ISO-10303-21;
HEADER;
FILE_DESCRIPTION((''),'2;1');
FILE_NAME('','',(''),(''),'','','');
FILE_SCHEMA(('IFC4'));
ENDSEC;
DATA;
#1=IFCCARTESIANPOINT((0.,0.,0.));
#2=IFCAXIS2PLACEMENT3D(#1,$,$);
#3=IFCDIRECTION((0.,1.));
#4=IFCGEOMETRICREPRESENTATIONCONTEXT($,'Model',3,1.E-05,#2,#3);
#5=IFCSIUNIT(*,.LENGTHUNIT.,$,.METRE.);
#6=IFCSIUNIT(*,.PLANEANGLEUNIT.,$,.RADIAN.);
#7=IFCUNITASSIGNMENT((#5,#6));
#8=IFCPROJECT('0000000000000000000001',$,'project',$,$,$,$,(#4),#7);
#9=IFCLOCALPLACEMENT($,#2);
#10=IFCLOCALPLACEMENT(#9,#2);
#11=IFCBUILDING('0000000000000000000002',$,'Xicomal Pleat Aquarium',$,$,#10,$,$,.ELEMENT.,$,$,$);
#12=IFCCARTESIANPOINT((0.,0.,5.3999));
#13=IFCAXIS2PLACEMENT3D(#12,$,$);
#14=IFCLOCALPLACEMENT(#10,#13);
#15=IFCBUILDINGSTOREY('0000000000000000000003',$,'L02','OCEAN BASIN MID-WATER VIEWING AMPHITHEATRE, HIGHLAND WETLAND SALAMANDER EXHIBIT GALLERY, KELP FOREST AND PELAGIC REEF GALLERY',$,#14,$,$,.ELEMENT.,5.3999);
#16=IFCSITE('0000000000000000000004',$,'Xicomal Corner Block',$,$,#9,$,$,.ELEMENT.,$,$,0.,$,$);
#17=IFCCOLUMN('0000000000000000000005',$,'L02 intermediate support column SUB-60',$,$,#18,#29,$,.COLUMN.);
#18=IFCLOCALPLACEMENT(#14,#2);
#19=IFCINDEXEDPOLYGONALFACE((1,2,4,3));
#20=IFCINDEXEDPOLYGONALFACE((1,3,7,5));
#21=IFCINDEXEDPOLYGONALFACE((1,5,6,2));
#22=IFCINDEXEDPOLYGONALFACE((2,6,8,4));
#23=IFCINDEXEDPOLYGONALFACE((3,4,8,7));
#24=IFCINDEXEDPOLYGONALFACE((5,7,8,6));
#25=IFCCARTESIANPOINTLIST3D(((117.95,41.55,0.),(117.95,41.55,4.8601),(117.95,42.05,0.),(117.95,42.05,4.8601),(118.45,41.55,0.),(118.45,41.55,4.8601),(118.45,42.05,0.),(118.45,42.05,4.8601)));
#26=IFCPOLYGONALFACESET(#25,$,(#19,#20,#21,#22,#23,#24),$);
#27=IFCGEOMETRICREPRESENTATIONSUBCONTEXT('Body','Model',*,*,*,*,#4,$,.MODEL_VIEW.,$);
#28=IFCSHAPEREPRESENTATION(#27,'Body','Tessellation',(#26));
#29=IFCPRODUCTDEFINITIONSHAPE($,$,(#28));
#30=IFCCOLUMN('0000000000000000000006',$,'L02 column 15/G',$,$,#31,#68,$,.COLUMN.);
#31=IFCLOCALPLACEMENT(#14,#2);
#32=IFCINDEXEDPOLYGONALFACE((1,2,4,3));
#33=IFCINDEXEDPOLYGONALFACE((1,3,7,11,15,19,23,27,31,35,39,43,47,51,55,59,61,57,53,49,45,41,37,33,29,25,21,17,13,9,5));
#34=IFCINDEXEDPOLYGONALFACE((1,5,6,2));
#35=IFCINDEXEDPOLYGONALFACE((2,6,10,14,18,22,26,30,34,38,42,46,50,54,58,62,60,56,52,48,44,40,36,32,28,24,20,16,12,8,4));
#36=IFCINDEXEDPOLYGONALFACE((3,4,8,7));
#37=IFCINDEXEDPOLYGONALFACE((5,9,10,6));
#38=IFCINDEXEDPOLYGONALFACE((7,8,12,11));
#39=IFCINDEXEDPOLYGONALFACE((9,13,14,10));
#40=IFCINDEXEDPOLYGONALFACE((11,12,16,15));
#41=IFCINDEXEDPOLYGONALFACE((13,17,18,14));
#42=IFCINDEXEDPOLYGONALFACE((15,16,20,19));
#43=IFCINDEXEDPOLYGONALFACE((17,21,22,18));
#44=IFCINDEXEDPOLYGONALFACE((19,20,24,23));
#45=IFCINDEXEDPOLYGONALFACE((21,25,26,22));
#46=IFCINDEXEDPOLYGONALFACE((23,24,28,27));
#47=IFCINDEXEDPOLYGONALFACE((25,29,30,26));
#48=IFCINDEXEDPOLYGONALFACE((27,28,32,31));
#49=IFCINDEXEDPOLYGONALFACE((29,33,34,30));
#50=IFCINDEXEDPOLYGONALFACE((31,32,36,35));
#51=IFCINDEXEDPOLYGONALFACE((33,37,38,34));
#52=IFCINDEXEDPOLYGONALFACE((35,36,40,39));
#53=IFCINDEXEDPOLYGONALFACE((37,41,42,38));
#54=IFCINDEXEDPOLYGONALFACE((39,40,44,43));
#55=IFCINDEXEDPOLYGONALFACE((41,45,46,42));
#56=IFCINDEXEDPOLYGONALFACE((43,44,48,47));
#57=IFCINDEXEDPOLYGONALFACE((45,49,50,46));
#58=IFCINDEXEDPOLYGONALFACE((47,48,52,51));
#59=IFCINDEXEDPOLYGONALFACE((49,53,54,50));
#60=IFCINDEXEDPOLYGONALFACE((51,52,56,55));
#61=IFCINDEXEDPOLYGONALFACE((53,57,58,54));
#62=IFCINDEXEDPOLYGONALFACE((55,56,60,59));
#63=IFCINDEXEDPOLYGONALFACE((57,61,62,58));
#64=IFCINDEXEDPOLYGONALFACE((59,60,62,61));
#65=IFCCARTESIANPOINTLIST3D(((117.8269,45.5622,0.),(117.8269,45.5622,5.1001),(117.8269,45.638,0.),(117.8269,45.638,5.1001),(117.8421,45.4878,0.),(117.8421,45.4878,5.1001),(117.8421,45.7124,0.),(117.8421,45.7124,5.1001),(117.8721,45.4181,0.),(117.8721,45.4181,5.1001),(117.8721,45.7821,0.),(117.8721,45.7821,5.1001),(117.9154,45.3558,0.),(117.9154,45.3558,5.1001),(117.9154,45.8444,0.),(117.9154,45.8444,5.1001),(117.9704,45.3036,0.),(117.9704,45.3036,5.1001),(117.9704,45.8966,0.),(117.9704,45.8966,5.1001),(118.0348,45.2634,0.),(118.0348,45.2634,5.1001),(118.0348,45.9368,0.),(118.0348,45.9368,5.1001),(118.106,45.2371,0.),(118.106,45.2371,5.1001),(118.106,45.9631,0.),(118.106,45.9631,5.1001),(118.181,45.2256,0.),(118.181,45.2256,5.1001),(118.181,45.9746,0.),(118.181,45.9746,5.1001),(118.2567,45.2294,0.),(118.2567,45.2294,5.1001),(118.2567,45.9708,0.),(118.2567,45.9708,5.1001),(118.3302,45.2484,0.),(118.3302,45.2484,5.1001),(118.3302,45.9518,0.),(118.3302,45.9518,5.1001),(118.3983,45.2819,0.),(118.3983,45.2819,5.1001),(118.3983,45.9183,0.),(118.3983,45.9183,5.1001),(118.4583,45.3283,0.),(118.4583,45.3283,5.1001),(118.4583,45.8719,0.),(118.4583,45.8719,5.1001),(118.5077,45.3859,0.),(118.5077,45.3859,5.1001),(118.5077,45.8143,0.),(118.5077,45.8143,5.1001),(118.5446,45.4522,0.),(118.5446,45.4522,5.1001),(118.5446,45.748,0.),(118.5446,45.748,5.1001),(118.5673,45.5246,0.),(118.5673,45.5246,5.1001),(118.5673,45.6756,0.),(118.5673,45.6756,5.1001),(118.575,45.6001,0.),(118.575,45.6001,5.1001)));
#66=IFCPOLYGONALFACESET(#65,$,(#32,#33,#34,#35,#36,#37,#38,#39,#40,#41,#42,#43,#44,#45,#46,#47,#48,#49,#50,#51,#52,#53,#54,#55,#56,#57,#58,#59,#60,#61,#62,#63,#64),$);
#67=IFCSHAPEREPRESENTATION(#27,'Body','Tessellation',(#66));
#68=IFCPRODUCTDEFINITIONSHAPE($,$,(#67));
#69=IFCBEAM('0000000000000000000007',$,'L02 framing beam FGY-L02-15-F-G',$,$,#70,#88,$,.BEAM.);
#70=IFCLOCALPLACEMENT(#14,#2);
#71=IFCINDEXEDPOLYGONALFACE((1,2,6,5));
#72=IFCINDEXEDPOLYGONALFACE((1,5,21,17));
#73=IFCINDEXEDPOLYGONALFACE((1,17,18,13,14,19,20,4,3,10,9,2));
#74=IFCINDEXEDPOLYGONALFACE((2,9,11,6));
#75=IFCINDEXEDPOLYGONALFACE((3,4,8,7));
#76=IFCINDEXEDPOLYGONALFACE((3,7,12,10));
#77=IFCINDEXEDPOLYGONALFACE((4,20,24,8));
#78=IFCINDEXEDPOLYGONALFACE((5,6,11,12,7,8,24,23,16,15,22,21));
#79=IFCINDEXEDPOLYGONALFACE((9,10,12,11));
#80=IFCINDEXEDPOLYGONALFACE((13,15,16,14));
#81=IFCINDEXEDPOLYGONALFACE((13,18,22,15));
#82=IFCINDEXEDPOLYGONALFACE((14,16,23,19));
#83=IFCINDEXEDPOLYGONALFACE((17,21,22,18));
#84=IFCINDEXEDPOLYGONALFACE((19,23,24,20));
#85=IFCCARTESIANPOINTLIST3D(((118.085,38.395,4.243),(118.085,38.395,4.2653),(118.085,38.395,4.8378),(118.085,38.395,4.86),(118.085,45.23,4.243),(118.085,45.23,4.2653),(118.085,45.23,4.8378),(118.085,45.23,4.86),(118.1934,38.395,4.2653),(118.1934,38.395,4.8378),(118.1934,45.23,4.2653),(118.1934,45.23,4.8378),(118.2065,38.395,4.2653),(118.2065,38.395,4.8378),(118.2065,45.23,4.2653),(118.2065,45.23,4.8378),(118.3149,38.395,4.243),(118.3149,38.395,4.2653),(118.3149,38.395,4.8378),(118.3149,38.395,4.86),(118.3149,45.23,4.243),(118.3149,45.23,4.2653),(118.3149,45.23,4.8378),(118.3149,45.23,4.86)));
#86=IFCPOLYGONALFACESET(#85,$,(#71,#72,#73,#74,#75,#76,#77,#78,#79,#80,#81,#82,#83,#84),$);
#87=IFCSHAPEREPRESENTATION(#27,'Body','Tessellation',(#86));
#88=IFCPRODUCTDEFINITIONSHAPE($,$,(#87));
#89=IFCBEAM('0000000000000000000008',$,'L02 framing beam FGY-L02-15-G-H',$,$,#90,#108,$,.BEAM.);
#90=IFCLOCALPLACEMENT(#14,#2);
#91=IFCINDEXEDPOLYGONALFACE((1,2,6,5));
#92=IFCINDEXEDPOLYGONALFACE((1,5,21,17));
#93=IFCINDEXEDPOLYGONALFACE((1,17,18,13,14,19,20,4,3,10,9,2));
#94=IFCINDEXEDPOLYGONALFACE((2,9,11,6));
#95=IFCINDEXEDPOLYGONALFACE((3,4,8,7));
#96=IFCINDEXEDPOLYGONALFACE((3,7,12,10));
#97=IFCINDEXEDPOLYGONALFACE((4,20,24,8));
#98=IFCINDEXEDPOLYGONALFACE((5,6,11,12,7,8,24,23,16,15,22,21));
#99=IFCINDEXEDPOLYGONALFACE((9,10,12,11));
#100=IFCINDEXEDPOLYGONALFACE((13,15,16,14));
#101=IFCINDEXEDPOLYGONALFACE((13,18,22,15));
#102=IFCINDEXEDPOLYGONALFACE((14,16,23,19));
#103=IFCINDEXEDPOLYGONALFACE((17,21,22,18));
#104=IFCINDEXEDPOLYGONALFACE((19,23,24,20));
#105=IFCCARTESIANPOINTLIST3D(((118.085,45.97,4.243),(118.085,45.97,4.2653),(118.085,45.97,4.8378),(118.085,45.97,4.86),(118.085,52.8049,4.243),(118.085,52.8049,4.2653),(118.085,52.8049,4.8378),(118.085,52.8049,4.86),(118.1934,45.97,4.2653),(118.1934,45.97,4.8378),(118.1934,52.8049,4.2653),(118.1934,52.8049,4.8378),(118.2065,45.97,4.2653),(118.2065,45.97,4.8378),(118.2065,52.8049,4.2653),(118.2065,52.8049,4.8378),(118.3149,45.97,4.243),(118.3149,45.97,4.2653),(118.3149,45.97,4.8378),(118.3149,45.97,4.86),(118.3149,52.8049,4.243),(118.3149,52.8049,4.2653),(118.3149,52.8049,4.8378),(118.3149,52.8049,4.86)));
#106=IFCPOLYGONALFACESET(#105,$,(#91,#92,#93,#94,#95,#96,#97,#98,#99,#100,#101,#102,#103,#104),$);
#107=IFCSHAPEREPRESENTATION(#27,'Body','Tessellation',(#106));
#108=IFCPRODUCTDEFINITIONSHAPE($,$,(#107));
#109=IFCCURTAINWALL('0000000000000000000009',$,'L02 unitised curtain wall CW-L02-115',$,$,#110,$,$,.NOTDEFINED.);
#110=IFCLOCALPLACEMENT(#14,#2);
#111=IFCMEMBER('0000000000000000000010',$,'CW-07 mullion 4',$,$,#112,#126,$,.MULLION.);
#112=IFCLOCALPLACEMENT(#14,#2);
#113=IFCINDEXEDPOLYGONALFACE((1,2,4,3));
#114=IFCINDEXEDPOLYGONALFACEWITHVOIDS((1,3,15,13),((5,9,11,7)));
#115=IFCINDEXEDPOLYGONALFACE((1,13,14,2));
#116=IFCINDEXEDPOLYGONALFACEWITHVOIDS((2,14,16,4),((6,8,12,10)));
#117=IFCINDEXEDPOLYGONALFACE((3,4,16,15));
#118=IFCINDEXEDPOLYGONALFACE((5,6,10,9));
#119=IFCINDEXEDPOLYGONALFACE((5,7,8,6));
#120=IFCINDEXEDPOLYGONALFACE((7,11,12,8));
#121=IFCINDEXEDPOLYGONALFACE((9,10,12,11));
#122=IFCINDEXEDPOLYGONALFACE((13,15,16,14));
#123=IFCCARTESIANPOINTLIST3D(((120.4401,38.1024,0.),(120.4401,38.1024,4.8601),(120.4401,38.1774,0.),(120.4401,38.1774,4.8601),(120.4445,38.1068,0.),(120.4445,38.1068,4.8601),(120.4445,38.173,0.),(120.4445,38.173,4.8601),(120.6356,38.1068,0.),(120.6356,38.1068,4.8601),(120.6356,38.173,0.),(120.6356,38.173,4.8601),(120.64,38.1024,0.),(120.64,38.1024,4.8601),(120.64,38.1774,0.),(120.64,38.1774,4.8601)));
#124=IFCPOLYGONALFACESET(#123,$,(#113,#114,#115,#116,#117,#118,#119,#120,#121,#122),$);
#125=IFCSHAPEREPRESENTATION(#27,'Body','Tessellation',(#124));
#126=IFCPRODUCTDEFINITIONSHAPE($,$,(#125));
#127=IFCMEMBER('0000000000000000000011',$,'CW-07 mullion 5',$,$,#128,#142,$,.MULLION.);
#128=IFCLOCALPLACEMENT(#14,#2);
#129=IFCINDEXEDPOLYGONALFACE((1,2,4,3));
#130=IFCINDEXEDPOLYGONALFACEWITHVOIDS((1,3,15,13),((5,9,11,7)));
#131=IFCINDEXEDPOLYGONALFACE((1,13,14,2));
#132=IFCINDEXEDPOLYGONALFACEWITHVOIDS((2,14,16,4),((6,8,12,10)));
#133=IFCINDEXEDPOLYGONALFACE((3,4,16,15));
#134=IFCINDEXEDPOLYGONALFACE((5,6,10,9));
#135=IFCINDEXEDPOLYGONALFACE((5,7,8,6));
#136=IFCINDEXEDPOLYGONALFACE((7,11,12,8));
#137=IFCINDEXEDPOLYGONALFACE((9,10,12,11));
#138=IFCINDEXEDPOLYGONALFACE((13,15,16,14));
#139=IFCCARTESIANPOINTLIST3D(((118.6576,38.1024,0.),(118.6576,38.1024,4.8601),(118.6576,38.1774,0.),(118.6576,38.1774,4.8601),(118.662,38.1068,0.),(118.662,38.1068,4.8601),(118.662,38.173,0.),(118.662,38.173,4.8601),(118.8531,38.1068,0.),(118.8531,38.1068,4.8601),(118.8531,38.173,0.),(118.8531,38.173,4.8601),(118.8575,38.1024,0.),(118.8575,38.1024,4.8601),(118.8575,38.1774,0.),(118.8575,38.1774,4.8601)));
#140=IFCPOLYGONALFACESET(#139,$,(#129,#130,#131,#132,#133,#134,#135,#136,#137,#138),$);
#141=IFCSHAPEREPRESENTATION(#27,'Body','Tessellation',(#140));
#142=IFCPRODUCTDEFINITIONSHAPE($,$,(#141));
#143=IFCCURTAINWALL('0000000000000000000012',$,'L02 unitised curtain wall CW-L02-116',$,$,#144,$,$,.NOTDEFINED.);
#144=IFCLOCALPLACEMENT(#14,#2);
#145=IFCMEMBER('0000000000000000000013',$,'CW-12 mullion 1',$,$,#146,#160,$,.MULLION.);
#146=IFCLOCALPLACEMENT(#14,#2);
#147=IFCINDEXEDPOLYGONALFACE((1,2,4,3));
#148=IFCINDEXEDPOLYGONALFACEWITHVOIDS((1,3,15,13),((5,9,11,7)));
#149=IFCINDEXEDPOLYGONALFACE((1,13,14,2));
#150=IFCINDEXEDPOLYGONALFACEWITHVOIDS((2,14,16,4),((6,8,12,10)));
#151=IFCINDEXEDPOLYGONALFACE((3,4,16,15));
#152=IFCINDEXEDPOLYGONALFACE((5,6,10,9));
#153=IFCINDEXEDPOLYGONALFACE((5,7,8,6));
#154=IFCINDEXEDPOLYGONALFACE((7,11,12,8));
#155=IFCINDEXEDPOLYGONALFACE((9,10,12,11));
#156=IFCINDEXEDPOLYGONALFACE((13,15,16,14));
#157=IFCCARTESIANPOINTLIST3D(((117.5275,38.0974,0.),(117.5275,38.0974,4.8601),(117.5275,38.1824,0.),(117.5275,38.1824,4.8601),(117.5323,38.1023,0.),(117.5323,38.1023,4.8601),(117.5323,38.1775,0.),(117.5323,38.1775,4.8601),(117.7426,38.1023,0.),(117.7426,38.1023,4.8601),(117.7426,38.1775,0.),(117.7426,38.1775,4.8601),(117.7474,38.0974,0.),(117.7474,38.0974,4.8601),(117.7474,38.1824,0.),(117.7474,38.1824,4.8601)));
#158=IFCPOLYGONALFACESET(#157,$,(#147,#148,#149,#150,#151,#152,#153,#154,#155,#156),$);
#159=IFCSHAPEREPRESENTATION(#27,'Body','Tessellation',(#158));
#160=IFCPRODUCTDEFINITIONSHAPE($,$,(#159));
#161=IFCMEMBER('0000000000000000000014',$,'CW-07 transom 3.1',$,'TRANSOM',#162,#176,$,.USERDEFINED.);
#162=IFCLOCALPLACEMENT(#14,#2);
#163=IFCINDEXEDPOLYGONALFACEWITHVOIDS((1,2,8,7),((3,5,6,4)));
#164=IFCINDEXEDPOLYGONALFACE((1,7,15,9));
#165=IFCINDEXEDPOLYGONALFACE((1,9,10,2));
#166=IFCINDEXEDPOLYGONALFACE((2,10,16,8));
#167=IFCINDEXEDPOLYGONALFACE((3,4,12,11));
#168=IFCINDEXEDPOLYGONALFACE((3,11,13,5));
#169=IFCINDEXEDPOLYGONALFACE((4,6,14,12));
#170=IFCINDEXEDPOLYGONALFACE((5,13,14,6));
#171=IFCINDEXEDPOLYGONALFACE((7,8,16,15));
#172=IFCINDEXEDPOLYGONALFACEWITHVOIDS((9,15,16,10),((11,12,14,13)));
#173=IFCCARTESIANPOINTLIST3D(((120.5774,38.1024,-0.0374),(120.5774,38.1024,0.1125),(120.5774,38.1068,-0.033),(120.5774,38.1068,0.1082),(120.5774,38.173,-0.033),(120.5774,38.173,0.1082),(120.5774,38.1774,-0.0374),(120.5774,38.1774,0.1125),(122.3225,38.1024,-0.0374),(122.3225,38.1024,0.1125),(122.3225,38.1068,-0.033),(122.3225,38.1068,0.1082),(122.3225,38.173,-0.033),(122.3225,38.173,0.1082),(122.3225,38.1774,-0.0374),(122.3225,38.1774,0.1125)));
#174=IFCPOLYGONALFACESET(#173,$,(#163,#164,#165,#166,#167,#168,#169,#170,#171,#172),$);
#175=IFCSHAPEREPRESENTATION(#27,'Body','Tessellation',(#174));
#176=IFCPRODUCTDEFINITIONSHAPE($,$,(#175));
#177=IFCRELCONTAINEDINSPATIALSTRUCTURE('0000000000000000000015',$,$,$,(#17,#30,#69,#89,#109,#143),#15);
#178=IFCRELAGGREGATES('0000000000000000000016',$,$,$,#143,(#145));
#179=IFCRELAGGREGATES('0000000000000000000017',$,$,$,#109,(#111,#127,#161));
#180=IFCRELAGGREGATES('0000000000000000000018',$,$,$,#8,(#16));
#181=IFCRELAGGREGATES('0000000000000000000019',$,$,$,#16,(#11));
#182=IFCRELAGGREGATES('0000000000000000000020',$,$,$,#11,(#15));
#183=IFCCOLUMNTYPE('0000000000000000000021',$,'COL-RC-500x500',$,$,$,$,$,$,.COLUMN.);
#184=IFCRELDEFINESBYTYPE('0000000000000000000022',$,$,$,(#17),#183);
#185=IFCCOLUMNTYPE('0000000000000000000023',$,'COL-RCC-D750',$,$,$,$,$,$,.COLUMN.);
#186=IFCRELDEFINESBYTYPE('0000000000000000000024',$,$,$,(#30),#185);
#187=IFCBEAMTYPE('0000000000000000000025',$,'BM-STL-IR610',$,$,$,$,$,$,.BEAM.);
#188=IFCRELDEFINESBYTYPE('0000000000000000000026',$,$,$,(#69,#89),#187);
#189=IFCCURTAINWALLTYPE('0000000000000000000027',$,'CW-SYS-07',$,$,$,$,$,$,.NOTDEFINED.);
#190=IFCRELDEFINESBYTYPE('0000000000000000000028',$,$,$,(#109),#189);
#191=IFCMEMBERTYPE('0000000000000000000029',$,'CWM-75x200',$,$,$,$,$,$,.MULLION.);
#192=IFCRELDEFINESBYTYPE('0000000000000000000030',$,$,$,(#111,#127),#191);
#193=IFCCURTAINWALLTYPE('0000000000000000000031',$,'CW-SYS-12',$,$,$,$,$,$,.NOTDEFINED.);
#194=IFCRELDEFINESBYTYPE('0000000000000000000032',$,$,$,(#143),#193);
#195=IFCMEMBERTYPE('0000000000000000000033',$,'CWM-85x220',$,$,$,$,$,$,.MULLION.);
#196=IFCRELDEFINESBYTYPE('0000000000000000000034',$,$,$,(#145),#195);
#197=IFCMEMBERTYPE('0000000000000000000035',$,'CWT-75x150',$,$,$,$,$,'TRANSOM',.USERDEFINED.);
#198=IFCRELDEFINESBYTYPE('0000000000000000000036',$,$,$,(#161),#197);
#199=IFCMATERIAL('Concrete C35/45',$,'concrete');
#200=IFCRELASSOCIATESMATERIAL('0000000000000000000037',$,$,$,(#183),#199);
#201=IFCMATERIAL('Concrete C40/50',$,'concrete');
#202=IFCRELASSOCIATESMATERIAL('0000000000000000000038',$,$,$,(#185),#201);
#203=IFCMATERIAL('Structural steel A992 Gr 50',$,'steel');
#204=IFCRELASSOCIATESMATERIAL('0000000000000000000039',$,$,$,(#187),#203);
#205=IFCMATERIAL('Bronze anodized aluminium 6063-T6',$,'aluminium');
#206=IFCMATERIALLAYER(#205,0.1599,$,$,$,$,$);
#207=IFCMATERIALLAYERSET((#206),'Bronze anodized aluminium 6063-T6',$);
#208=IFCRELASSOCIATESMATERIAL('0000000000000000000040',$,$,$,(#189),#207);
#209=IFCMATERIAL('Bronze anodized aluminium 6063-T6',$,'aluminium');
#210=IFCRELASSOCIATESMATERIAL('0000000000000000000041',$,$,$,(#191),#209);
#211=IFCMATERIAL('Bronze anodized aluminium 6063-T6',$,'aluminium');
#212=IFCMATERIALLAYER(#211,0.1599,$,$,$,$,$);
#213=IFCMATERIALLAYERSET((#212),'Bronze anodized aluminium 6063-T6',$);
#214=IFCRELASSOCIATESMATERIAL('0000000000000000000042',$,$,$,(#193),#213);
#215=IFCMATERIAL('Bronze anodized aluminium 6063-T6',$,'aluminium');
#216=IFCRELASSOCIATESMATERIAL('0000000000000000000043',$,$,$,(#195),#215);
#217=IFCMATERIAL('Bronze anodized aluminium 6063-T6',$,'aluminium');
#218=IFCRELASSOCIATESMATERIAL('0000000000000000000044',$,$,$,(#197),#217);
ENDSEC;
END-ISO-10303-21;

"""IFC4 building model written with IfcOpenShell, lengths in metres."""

from ifc_helpers import new_model, si_unit, direction, frame, origin, origin_2d, place, context, subcontext, project, spatial, rectangle, hollow_rectangle, circle, i_section, extrude, material, layer, layer_set, material_profile, profile_set, type_object, element, aggregate, save


model = new_model("IFC4")

# Units and contexts
model_context = context("Model", 3, precision=1e-05, world=origin(), true_north=direction((0.0, 1.0)))
body_context = subcontext(model_context, "Body", "Model", "MODEL_VIEW")
ifc_project = project(units=[si_unit("LENGTHUNIT", "METRE"), si_unit("PLANEANGLEUNIT", "RADIAN")], contexts=[model_context])

# Site, building, storey
site_placement = place(None, origin())
site = spatial("IfcSite", under=ifc_project, at=site_placement, Name="Xicomal Corner Block", CompositionType="ELEMENT", RefElevation=0.0)
building_placement = place(site_placement, origin())
building = spatial("IfcBuilding", under=site, at=building_placement, Name="Xicomal Pleat Aquarium", CompositionType="ELEMENT")
storey_placement = place(building_placement, frame((0.0, 0.0, 5.3999)))
storey = spatial("IfcBuildingStorey", under=building, at=storey_placement, Name="L02", Description="OCEAN BASIN MID-WATER VIEWING AMPHITHEATRE, HIGHLAND WETLAND SALAMANDER EXHIBIT GALLERY, KELP FOREST AND PELAGIC REEF GALLERY", CompositionType="ELEMENT", Elevation=5.3999)

# Columns
ifc_material_1 = material(Name="Concrete C35/45", Category="concrete")
ifc_material_profile_1 = material_profile(ifc_material_1, rectangle(XDim=0.5, YDim=0.5, at=origin_2d()), Name="RC 500x500")
ifc_profile_set_1 = profile_set([ifc_material_profile_1], Name="Concrete C35/45")
column_type_1 = type_object("IfcColumnType", Name="COL-RC-500x500", PredefinedType="COLUMN", material=ifc_profile_set_1)
column_1_placement = place(storey_placement, frame((118.2, 41.8, 0.0), z_axis=(0.0, 0.0, 1.0), x_axis=(1.0, 0.0, 0.0)))
element("IfcColumn", 1, at=column_1_placement, inside=storey, type_object=column_type_1, Name="L02 intermediate support column SUB-60", PredefinedType="COLUMN", context=body_context, shape_type="SweptSolid", body=[
    extrude(rectangle(XDim=0.5, YDim=0.5, at=origin_2d()), origin(), (0.0, 0.0, 1.0), 4.8601),
])
ifc_material_2 = material(Name="Concrete C40/50", Category="concrete")
ifc_material_profile_2 = material_profile(ifc_material_2, circle(Radius=0.375, at=origin_2d()), Name="RCC D750")
ifc_profile_set_2 = profile_set([ifc_material_profile_2], Name="Concrete C40/50")
column_type_2 = type_object("IfcColumnType", Name="COL-RCC-D750", PredefinedType="COLUMN", material=ifc_profile_set_2)
column_2_placement = place(storey_placement, frame((118.2, 45.6001, 0.0), z_axis=(0.0, 0.0, 1.0), x_axis=(1.0, 0.0, 0.0)))
element("IfcColumn", 2, at=column_2_placement, inside=storey, type_object=column_type_2, Name="L02 column 15/G", PredefinedType="COLUMN", context=body_context, shape_type="SweptSolid", body=[
    extrude(circle(Radius=0.375, at=origin_2d()), origin(), (0.0, 0.0, 1.0), 5.1001),
])

# Beams
ifc_material_3 = material(Name="Structural steel A992 Gr 50", Category="steel")
ifc_material_profile_3 = material_profile(ifc_material_3, i_section(OverallWidth=0.23, OverallDepth=0.6169, WebThickness=0.0132, FlangeThickness=0.0222, at=origin_2d()), Name="IR 610x140")
ifc_profile_set_3 = profile_set([ifc_material_profile_3], Name="Structural steel A992 Gr 50")
beam_type = type_object("IfcBeamType", Name="BM-STL-IR610", PredefinedType="BEAM", material=ifc_profile_set_3)
for number, where, z_axis, x_axis, name in (
    (3, (118.2, 38.395, 4.5515), (0.0, 1.0, 0.0), (-1.0, 0.0, 0.0), "L02 framing beam FGY-L02-15-F-G"),
    (4, (118.2, 45.97, 4.5515), (0.0, 1.0, 0.0), (-1.0, 0.0, 0.0), "L02 framing beam FGY-L02-15-G-H"),
):
    element("IfcBeam", number, at=place(storey_placement, frame(where, z_axis=z_axis, x_axis=x_axis)), inside=storey, type_object=beam_type, Name=name, PredefinedType="BEAM", context=body_context, shape_type="SweptSolid", body=[
        extrude(i_section(OverallWidth=0.23, OverallDepth=0.6169, WebThickness=0.0132, FlangeThickness=0.0222, at=origin_2d()), origin(), (0.0, 0.0, 1.0), 6.835),
    ])

# Curtain wall, members
ifc_material_4 = material(Name="Bronze anodized aluminium 6063-T6", Category="aluminium")
ifc_layer_1 = layer(ifc_material_4, 0.1599)
ifc_layer_set_1 = layer_set([ifc_layer_1], Name="Bronze anodized aluminium 6063-T6")
curtain_wall_type_1 = type_object("IfcCurtainWallType", Name="CW-SYS-07", PredefinedType="NOTDEFINED", material=ifc_layer_set_1)
curtain_wall_1_placement = place(storey_placement, origin())
curtain_wall_1 = element("IfcCurtainWall", 5, at=curtain_wall_1_placement, inside=storey, type_object=curtain_wall_type_1, Name="L02 unitised curtain wall CW-L02-115", PredefinedType="NOTDEFINED")
ifc_material_5 = material(Name="Bronze anodized aluminium 6063-T6", Category="aluminium")
ifc_material_profile_4 = material_profile(ifc_material_5, hollow_rectangle(XDim=0.075, YDim=0.2, WallThickness=0.0044, at=origin_2d()), Name="ALU MULL 75x200")
ifc_profile_set_4 = profile_set([ifc_material_profile_4], Name="Bronze anodized aluminium 6063-T6")
member_type_1 = type_object("IfcMemberType", Name="CWM-75x200", PredefinedType="MULLION", material=ifc_profile_set_4)
member_1_placement = place(storey_placement, frame((120.54, 38.1399, 0.0), z_axis=(0.0, 0.0, 1.0), x_axis=(0.0, -1.0, 0.0)))
member_1 = element("IfcMember", 6, at=member_1_placement, type_object=member_type_1, Name="CW-07 mullion 4", PredefinedType="MULLION", context=body_context, shape_type="SweptSolid", body=[
    extrude(hollow_rectangle(XDim=0.075, YDim=0.2, WallThickness=0.0044, at=origin_2d()), origin(), (0.0, 0.0, 1.0), 4.8601),
])
member_2_placement = place(storey_placement, frame((118.7576, 38.1399, 0.0), z_axis=(0.0, 0.0, 1.0), x_axis=(0.0, -1.0, 0.0)))
member_2 = element("IfcMember", 7, at=member_2_placement, type_object=member_type_1, Name="CW-07 mullion 5", PredefinedType="MULLION", context=body_context, shape_type="SweptSolid", body=[
    extrude(hollow_rectangle(XDim=0.075, YDim=0.2, WallThickness=0.0044, at=origin_2d()), origin(), (0.0, 0.0, 1.0), 4.8601),
])

# Curtain wall, member
ifc_material_6 = material(Name="Bronze anodized aluminium 6063-T6", Category="aluminium")
ifc_layer_2 = layer(ifc_material_6, 0.1599)
ifc_layer_set_2 = layer_set([ifc_layer_2], Name="Bronze anodized aluminium 6063-T6")
curtain_wall_type_2 = type_object("IfcCurtainWallType", Name="CW-SYS-12", PredefinedType="NOTDEFINED", material=ifc_layer_set_2)
curtain_wall_2_placement = place(storey_placement, origin())
curtain_wall_2 = element("IfcCurtainWall", 8, at=curtain_wall_2_placement, inside=storey, type_object=curtain_wall_type_2, Name="L02 unitised curtain wall CW-L02-116", PredefinedType="NOTDEFINED")
ifc_material_7 = material(Name="Bronze anodized aluminium 6063-T6", Category="aluminium")
ifc_material_profile_5 = material_profile(ifc_material_7, hollow_rectangle(XDim=0.085, YDim=0.22, WallThickness=0.0049, at=origin_2d()), Name="ALU MULL 85x220")
ifc_profile_set_5 = profile_set([ifc_material_profile_5], Name="Bronze anodized aluminium 6063-T6")
member_type_2 = type_object("IfcMemberType", Name="CWM-85x220", PredefinedType="MULLION", material=ifc_profile_set_5)
member_3_placement = place(storey_placement, frame((117.6375, 38.1399, 0.0), z_axis=(0.0, 0.0, 1.0), x_axis=(0.0, -1.0, 0.0)))
member_3 = element("IfcMember", 9, at=member_3_placement, type_object=member_type_2, Name="CW-12 mullion 1", PredefinedType="MULLION", context=body_context, shape_type="SweptSolid", body=[
    extrude(hollow_rectangle(XDim=0.085, YDim=0.22, WallThickness=0.0049, at=origin_2d()), origin(), (0.0, 0.0, 1.0), 4.8601),
])

# Member
ifc_material_8 = material(Name="Bronze anodized aluminium 6063-T6", Category="aluminium")
ifc_material_profile_6 = material_profile(ifc_material_8, hollow_rectangle(XDim=0.075, YDim=0.1499, WallThickness=0.0044, at=origin_2d()), Name="ALU TRAN 75x150")
ifc_profile_set_6 = profile_set([ifc_material_profile_6], Name="Bronze anodized aluminium 6063-T6")
member_type_3 = type_object("IfcMemberType", Name="CWT-75x150", ElementType="TRANSOM", PredefinedType="USERDEFINED", material=ifc_profile_set_6)
member_4_placement = place(storey_placement, frame((122.3225, 38.1399, 0.0376), z_axis=(-1.0, 0.0, 0.0), x_axis=(0.0, -1.0, 0.0)))
member_4 = element("IfcMember", 10, at=member_4_placement, type_object=member_type_3, Name="CW-07 transom 3.1", ObjectType="TRANSOM", PredefinedType="USERDEFINED", context=body_context, shape_type="SweptSolid", body=[
    extrude(hollow_rectangle(XDim=0.075, YDim=0.1499, WallThickness=0.0044, at=origin_2d()), origin(), (0.0, 0.0, 1.0), 1.7451),
])

aggregate(curtain_wall_2, [member_3])
aggregate(curtain_wall_1, [member_1, member_2, member_4])

save(model, "model.ifc")
